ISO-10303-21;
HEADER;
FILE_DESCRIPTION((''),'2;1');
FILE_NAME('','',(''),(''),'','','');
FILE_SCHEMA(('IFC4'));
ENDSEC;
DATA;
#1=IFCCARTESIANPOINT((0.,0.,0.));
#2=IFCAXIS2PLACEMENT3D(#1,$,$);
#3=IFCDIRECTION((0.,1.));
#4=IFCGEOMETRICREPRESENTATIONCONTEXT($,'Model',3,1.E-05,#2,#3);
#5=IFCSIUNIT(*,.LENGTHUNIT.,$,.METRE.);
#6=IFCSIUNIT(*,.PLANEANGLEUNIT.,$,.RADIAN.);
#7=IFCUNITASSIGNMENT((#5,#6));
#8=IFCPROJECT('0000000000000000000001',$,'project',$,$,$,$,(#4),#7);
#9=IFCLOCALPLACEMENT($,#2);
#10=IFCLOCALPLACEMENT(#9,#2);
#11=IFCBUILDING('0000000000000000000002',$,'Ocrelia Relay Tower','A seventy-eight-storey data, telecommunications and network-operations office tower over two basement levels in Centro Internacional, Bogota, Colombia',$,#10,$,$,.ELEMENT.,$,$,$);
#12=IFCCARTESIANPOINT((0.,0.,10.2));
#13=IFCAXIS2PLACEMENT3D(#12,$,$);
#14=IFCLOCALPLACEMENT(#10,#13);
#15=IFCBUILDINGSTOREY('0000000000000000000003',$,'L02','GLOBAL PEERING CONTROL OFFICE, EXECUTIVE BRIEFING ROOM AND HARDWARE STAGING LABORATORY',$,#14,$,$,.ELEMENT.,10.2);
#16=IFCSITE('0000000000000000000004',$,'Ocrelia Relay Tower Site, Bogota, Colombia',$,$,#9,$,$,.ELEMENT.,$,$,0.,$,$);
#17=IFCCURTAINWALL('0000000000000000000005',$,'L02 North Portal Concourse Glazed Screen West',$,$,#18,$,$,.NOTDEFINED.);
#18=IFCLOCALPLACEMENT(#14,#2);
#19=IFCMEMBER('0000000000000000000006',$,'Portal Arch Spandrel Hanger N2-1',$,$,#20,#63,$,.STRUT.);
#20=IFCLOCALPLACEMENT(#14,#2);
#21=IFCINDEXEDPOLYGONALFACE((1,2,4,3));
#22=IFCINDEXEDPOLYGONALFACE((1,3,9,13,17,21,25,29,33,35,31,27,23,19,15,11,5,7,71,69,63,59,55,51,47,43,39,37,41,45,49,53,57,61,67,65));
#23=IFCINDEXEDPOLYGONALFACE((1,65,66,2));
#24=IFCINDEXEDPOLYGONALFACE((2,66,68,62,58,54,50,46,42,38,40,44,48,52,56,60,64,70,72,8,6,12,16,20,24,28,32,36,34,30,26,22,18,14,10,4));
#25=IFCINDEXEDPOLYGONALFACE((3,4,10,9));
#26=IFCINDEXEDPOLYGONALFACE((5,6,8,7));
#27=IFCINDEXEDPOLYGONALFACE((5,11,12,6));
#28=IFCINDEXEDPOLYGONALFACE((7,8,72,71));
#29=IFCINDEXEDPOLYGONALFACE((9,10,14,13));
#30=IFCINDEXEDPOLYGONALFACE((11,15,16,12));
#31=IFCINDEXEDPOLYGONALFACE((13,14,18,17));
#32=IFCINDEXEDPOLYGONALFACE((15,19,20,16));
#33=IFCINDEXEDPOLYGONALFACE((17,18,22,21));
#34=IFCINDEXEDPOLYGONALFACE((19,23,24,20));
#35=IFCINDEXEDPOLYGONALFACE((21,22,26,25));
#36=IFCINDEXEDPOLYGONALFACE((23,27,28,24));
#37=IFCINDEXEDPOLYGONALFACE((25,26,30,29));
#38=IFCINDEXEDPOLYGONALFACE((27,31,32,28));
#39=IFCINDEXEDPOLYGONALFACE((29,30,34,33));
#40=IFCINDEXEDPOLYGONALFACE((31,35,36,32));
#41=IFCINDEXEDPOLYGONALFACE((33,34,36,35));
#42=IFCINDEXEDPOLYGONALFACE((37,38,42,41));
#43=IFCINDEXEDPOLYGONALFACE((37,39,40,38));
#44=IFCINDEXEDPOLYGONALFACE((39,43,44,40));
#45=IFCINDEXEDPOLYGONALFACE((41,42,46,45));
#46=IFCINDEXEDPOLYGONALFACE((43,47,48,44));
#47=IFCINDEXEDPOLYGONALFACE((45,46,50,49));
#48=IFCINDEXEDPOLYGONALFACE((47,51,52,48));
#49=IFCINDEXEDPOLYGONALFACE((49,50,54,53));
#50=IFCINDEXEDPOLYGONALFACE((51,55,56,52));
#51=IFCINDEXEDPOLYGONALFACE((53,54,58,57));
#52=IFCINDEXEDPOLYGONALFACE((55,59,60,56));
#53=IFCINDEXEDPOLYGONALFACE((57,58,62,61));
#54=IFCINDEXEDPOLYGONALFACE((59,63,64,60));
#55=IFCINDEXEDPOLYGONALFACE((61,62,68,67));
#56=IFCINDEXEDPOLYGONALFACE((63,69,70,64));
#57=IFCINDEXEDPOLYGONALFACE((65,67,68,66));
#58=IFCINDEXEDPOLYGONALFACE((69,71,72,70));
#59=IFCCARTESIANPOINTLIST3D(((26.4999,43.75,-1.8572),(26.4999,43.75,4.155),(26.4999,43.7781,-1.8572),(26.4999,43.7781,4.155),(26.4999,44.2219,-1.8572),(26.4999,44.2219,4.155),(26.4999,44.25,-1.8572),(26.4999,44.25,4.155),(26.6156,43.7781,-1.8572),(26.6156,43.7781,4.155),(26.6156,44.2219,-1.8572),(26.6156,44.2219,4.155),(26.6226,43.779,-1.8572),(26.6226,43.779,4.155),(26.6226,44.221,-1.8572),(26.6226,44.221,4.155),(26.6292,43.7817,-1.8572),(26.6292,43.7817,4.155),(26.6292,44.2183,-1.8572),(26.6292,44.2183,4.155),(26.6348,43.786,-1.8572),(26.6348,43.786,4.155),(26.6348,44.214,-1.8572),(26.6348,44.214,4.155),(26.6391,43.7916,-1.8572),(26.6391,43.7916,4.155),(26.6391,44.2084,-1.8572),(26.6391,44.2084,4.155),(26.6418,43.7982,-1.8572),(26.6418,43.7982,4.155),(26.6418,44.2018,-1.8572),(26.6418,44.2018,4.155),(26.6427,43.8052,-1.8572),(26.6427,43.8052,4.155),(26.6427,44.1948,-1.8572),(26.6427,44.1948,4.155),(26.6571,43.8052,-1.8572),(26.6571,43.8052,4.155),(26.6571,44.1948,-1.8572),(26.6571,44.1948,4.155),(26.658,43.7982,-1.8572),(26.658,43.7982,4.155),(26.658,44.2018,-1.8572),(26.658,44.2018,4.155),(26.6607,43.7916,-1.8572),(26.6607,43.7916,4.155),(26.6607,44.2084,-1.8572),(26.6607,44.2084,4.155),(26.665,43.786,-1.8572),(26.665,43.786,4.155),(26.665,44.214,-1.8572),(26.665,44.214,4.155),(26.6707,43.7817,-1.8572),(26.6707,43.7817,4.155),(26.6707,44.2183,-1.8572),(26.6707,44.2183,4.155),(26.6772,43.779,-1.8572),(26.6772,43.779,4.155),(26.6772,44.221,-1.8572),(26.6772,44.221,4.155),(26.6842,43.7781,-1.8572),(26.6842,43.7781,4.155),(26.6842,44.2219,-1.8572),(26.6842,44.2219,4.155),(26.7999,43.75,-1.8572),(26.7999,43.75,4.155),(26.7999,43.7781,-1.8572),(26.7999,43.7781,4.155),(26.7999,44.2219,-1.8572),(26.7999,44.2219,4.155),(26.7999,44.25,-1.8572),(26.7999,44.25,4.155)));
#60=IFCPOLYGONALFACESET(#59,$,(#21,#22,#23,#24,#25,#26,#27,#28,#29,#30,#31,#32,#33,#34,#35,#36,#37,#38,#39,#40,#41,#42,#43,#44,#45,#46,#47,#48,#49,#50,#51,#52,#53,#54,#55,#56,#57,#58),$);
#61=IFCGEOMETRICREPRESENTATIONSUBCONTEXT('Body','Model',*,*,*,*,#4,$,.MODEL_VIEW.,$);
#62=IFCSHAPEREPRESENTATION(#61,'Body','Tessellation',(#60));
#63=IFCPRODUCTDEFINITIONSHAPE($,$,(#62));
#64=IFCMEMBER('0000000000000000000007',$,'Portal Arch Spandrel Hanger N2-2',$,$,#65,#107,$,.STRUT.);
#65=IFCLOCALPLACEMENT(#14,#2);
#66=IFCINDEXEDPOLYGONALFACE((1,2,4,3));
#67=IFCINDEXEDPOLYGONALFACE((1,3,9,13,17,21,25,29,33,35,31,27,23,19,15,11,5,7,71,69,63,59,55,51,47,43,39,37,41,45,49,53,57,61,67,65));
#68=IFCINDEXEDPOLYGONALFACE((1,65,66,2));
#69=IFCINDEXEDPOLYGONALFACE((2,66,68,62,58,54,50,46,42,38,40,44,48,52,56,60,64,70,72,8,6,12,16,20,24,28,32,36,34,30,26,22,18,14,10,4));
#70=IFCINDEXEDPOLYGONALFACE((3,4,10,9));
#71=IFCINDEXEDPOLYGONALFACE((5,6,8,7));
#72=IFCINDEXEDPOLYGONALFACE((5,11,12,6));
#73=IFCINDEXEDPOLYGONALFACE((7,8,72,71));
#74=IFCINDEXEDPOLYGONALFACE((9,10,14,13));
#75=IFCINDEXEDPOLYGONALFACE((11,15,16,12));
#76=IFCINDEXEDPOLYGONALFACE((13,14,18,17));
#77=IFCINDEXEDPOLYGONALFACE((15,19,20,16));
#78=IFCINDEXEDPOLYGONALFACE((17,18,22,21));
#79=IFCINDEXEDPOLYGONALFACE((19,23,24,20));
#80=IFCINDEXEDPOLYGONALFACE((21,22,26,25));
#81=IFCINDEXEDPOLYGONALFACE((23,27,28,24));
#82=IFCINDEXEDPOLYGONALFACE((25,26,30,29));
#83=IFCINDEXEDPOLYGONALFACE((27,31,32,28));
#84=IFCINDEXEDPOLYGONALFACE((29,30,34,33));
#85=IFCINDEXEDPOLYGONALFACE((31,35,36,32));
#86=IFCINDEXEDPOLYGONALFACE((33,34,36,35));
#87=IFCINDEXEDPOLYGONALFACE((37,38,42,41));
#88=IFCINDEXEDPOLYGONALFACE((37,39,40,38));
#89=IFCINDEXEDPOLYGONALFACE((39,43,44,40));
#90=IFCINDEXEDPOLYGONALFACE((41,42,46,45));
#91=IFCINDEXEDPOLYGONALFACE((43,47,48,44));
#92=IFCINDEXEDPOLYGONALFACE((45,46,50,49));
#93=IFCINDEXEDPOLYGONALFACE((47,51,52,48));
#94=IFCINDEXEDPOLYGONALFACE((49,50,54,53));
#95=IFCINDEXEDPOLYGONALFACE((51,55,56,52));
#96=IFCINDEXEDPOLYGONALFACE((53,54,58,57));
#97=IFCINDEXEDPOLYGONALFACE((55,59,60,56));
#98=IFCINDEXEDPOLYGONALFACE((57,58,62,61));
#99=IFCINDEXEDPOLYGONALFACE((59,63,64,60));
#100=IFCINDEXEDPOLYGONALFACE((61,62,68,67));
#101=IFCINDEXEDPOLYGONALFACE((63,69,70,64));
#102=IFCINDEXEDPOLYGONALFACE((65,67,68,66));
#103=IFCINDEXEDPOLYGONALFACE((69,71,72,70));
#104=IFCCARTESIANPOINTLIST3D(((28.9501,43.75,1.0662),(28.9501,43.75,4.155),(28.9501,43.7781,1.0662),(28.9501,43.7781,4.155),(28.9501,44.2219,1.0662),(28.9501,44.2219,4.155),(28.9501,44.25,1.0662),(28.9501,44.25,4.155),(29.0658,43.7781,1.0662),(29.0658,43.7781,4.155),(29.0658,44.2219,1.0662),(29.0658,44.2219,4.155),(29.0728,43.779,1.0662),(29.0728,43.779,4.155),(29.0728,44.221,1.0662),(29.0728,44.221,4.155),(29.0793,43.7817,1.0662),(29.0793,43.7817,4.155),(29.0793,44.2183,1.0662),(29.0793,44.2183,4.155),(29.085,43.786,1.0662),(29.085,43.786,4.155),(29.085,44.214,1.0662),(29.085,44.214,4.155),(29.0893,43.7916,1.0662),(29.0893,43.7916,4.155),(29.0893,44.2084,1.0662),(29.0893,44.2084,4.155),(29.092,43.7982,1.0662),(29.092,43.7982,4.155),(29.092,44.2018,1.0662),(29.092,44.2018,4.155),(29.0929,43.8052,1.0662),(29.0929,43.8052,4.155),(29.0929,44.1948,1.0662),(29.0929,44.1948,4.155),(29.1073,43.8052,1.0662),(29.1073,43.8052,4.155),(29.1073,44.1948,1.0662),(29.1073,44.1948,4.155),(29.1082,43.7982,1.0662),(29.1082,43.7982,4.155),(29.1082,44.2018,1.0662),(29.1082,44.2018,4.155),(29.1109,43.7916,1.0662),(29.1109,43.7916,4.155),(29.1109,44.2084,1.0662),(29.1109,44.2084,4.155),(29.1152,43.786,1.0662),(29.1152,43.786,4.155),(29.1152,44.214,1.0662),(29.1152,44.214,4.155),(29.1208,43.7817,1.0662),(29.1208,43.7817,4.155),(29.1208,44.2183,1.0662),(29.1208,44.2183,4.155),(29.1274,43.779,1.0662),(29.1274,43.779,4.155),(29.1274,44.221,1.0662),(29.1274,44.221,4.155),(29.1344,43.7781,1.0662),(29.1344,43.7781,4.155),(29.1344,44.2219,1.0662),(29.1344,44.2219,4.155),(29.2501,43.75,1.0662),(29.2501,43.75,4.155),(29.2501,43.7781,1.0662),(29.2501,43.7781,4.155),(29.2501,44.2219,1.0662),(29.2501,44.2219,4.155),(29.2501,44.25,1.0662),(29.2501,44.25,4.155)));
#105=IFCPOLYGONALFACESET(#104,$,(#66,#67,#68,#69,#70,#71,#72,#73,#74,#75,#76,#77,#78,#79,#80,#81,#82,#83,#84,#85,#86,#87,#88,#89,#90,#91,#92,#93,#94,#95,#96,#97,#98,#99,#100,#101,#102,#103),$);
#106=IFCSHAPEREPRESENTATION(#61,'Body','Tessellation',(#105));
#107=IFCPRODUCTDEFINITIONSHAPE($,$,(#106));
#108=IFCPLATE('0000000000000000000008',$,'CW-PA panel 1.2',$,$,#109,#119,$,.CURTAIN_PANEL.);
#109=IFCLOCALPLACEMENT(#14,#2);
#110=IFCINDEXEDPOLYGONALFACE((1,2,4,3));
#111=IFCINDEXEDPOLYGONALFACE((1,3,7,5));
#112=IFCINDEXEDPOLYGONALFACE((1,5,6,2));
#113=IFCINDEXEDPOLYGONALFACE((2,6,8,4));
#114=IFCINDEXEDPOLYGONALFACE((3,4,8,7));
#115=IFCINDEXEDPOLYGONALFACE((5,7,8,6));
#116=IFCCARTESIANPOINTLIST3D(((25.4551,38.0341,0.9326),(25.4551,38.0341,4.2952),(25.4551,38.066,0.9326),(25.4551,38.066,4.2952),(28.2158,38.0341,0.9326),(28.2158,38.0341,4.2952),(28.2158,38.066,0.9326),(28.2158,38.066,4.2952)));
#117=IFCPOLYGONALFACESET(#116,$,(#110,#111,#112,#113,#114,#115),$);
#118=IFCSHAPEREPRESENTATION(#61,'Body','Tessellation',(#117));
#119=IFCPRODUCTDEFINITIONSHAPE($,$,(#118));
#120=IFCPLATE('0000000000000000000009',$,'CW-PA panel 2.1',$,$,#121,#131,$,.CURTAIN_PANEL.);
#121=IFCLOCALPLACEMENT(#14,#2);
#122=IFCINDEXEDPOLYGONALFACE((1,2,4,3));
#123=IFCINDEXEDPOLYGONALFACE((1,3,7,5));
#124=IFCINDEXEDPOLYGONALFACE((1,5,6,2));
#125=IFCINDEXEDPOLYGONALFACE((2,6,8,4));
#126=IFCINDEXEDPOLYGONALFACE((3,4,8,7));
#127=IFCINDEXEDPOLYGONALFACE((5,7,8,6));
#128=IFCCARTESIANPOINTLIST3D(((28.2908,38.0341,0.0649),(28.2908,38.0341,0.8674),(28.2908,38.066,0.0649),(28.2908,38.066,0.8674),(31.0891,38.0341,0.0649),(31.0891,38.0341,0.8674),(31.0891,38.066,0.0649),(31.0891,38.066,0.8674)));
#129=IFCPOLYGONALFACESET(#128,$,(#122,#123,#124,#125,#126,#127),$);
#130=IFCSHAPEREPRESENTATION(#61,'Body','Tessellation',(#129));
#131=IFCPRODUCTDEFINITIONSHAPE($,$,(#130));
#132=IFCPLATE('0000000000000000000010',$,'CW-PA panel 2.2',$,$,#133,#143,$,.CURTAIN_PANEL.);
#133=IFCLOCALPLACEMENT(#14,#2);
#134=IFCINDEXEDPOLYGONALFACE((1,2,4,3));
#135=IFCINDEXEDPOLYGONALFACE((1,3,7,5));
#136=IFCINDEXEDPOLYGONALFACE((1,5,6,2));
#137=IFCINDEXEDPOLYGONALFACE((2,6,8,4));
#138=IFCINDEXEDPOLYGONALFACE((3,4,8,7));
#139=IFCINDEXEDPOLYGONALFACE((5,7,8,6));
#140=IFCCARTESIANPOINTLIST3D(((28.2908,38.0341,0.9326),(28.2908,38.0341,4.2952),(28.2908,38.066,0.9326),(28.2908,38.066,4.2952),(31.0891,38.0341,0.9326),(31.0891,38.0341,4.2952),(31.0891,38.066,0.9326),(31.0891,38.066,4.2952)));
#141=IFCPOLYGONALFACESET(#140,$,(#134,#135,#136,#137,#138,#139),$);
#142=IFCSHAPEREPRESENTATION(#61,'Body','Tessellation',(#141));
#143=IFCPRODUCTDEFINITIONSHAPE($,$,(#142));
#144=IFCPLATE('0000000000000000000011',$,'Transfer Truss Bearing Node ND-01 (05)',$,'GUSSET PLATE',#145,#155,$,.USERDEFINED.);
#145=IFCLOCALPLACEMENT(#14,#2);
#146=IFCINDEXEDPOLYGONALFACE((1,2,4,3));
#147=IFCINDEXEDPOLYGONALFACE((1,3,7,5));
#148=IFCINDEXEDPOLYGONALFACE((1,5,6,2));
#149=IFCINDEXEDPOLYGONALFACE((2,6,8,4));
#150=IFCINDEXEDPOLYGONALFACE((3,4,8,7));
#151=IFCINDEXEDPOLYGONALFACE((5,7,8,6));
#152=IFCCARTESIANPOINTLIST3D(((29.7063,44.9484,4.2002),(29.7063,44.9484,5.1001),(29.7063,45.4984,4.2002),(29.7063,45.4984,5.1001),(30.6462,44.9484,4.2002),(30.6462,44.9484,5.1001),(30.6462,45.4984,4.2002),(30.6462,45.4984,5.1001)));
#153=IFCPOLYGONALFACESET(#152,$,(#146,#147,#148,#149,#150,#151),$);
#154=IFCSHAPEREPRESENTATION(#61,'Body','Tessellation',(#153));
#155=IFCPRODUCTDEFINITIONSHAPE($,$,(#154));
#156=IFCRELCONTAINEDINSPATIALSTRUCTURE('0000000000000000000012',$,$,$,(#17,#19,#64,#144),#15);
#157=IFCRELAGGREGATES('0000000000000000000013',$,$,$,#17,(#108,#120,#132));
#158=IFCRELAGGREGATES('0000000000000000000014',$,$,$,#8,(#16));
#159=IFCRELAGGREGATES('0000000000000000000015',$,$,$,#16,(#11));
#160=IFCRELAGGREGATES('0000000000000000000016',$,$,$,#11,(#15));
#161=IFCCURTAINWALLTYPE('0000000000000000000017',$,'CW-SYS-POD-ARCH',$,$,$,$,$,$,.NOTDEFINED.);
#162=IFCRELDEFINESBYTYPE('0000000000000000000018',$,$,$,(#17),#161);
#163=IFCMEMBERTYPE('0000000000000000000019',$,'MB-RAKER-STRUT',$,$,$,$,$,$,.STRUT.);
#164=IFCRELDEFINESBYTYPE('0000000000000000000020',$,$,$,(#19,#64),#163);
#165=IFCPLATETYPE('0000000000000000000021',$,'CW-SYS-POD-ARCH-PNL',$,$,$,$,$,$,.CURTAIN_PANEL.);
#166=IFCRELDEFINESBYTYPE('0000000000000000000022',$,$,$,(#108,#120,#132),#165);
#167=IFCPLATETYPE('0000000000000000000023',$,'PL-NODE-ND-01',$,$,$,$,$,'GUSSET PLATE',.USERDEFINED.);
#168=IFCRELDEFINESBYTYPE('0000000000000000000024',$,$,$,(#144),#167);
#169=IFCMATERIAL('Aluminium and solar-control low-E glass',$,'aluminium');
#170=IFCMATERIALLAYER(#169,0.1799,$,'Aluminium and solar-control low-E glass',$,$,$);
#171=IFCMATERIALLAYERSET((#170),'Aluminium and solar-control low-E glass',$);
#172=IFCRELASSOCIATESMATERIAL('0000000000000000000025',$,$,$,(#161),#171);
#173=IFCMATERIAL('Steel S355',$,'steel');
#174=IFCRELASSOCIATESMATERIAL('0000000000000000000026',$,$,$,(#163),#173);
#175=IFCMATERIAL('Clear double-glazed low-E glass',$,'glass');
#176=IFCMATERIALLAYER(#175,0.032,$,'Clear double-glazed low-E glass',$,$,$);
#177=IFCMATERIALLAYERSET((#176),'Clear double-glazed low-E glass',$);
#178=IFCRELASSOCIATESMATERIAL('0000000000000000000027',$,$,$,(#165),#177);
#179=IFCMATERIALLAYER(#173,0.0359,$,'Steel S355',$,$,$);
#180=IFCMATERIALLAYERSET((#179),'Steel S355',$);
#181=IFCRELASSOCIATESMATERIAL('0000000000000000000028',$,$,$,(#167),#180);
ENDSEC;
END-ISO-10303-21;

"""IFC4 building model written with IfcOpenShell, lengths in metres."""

from ifc_helpers import new_model, si_unit, direction, frame, origin, origin_2d, place, context, subcontext, project, spatial, rectangle, i_section, extrude, material, layer, layer_set, material_profile, profile_set, type_object, element, aggregate, save


model = new_model("IFC4")

# Units and contexts
model_context = context("Model", 3, precision=1e-05, world=origin(), true_north=direction((0.0, 1.0)))
body_context = subcontext(model_context, "Body", "Model", "MODEL_VIEW")
ifc_project = project(units=[si_unit("LENGTHUNIT", "METRE"), si_unit("PLANEANGLEUNIT", "RADIAN")], contexts=[model_context])

# Site, building, storey
site_placement = place(None, origin())
site = spatial("IfcSite", under=ifc_project, at=site_placement, Name="Ocrelia Relay Tower Site, Bogota, Colombia", CompositionType="ELEMENT", RefElevation=0.0)
building_placement = place(site_placement, origin())
building = spatial("IfcBuilding", under=site, at=building_placement, Name="Ocrelia Relay Tower", Description="A seventy-eight-storey data, telecommunications and network-operations office tower over two basement levels in Centro Internacional, Bogota, Colombia", CompositionType="ELEMENT")
storey_placement = place(building_placement, frame((0.0, 0.0, 10.2)))
storey = spatial("IfcBuildingStorey", under=building, at=storey_placement, Name="L02", Description="GLOBAL PEERING CONTROL OFFICE, EXECUTIVE BRIEFING ROOM AND HARDWARE STAGING LABORATORY", CompositionType="ELEMENT", Elevation=10.2)

# Shared definitions
ifc_material_1 = material(Name="Steel S355", Category="steel")

# Curtain wall
ifc_material_2 = material(Name="Aluminium and solar-control low-E glass", Category="aluminium")
ifc_layer_1 = layer(ifc_material_2, 0.1799, Name="Aluminium and solar-control low-E glass")
ifc_layer_set_1 = layer_set([ifc_layer_1], Name="Aluminium and solar-control low-E glass")
curtain_wall_type = type_object("IfcCurtainWallType", Name="CW-SYS-POD-ARCH", PredefinedType="NOTDEFINED", material=ifc_layer_set_1)
curtain_wall_placement = place(storey_placement, origin())
curtain_wall = element("IfcCurtainWall", 1, at=curtain_wall_placement, inside=storey, type_object=curtain_wall_type, Name="L02 North Portal Concourse Glazed Screen West", PredefinedType="NOTDEFINED")

# Members
ifc_material_profile_1 = material_profile(ifc_material_1, i_section(OverallWidth=0.3, OverallDepth=0.5, WebThickness=0.0144, FlangeThickness=0.0281, FilletRadius=0.0271, at=origin_2d()), Name="HEB 500")
ifc_profile_set_1 = profile_set([ifc_material_profile_1], Name="Steel S355")
member_type_1 = type_object("IfcMemberType", Name="MB-RAKER-STRUT", PredefinedType="STRUT", material=ifc_profile_set_1)
member_1_placement = place(storey_placement, frame((26.6499, 44.0, -1.8572), z_axis=(0.0, 0.0, 1.0), x_axis=(1.0, 0.0, 0.0)))
element("IfcMember", 2, at=member_1_placement, inside=storey, type_object=member_type_1, Name="Portal Arch Spandrel Hanger N2-1", PredefinedType="STRUT", context=body_context, shape_type="SweptSolid", body=[
    extrude(i_section(OverallWidth=0.3, OverallDepth=0.5, WebThickness=0.0144, FlangeThickness=0.0281, FilletRadius=0.0271, at=origin_2d()), origin(), (0.0, 0.0, 1.0), 6.0122),
])
member_2_placement = place(storey_placement, frame((29.1001, 44.0, 1.0662), z_axis=(0.0, 0.0, 1.0), x_axis=(1.0, 0.0, 0.0)))
element("IfcMember", 3, at=member_2_placement, inside=storey, type_object=member_type_1, Name="Portal Arch Spandrel Hanger N2-2", PredefinedType="STRUT", context=body_context, shape_type="SweptSolid", body=[
    extrude(i_section(OverallWidth=0.3, OverallDepth=0.5, WebThickness=0.0144, FlangeThickness=0.0281, FilletRadius=0.0271, at=origin_2d()), origin(), (0.0, 0.0, 1.0), 3.0889),
])

# Plates
ifc_material_3 = material(Name="Clear double-glazed low-E glass", Category="glass")
ifc_layer_2 = layer(ifc_material_3, 0.032, Name="Clear double-glazed low-E glass")
ifc_layer_set_2 = layer_set([ifc_layer_2], Name="Clear double-glazed low-E glass")
plate_type_1 = type_object("IfcPlateType", Name="CW-SYS-POD-ARCH-PNL", PredefinedType="CURTAIN_PANEL", material=ifc_layer_set_2)
plate_1_placement = place(storey_placement, frame((26.8354, 38.05, 0.9326), z_axis=(0.0, 0.0, 1.0), x_axis=(1.0, 0.0, 0.0)))
plate_1 = element("IfcPlate", 4, at=plate_1_placement, type_object=plate_type_1, Name="CW-PA panel 1.2", PredefinedType="CURTAIN_PANEL", context=body_context, shape_type="SweptSolid", body=[
    extrude(rectangle(XDim=2.7607, YDim=0.032, at=origin_2d()), origin(), (0.0, 0.0, 1.0), 3.3625),
])
plate_2_placement = place(storey_placement, frame((29.6899, 38.05, 0.0649), z_axis=(0.0, 0.0, 1.0), x_axis=(1.0, 0.0, 0.0)))
plate_2 = element("IfcPlate", 5, at=plate_2_placement, type_object=plate_type_1, Name="CW-PA panel 2.1", PredefinedType="CURTAIN_PANEL", context=body_context, shape_type="SweptSolid", body=[
    extrude(rectangle(XDim=2.7983, YDim=0.032, at=origin_2d()), origin(), (0.0, 0.0, 1.0), 0.8025),
])
plate_3_placement = place(storey_placement, frame((29.6899, 38.05, 0.9326), z_axis=(0.0, 0.0, 1.0), x_axis=(1.0, 0.0, 0.0)))
plate_3 = element("IfcPlate", 6, at=plate_3_placement, type_object=plate_type_1, Name="CW-PA panel 2.2", PredefinedType="CURTAIN_PANEL", context=body_context, shape_type="SweptSolid", body=[
    extrude(rectangle(XDim=2.7983, YDim=0.032, at=origin_2d()), origin(), (0.0, 0.0, 1.0), 3.3625),
])
aggregate(curtain_wall, [plate_1, plate_2, plate_3])
ifc_layer_3 = layer(ifc_material_1, 0.0359, Name="Steel S355")
ifc_layer_set_3 = layer_set([ifc_layer_3], Name="Steel S355")
plate_type_2 = type_object("IfcPlateType", Name="PL-NODE-ND-01", ElementType="GUSSET PLATE", PredefinedType="USERDEFINED", material=ifc_layer_set_3)
plate_4_placement = place(storey_placement, frame((30.1763, 45.2234, 4.2002), z_axis=(0.0, 0.0, 1.0), x_axis=(1.0, 0.0, 0.0)))
element("IfcPlate", 7, at=plate_4_placement, inside=storey, type_object=plate_type_2, Name="Transfer Truss Bearing Node ND-01 (05)", ObjectType="GUSSET PLATE", PredefinedType="USERDEFINED", context=body_context, shape_type="SweptSolid", body=[
    extrude(rectangle(XDim=0.9399, YDim=0.55, at=origin_2d()), origin(), (0.0, 0.0, 1.0), 0.8999),
])

save(model, "model.ifc")
